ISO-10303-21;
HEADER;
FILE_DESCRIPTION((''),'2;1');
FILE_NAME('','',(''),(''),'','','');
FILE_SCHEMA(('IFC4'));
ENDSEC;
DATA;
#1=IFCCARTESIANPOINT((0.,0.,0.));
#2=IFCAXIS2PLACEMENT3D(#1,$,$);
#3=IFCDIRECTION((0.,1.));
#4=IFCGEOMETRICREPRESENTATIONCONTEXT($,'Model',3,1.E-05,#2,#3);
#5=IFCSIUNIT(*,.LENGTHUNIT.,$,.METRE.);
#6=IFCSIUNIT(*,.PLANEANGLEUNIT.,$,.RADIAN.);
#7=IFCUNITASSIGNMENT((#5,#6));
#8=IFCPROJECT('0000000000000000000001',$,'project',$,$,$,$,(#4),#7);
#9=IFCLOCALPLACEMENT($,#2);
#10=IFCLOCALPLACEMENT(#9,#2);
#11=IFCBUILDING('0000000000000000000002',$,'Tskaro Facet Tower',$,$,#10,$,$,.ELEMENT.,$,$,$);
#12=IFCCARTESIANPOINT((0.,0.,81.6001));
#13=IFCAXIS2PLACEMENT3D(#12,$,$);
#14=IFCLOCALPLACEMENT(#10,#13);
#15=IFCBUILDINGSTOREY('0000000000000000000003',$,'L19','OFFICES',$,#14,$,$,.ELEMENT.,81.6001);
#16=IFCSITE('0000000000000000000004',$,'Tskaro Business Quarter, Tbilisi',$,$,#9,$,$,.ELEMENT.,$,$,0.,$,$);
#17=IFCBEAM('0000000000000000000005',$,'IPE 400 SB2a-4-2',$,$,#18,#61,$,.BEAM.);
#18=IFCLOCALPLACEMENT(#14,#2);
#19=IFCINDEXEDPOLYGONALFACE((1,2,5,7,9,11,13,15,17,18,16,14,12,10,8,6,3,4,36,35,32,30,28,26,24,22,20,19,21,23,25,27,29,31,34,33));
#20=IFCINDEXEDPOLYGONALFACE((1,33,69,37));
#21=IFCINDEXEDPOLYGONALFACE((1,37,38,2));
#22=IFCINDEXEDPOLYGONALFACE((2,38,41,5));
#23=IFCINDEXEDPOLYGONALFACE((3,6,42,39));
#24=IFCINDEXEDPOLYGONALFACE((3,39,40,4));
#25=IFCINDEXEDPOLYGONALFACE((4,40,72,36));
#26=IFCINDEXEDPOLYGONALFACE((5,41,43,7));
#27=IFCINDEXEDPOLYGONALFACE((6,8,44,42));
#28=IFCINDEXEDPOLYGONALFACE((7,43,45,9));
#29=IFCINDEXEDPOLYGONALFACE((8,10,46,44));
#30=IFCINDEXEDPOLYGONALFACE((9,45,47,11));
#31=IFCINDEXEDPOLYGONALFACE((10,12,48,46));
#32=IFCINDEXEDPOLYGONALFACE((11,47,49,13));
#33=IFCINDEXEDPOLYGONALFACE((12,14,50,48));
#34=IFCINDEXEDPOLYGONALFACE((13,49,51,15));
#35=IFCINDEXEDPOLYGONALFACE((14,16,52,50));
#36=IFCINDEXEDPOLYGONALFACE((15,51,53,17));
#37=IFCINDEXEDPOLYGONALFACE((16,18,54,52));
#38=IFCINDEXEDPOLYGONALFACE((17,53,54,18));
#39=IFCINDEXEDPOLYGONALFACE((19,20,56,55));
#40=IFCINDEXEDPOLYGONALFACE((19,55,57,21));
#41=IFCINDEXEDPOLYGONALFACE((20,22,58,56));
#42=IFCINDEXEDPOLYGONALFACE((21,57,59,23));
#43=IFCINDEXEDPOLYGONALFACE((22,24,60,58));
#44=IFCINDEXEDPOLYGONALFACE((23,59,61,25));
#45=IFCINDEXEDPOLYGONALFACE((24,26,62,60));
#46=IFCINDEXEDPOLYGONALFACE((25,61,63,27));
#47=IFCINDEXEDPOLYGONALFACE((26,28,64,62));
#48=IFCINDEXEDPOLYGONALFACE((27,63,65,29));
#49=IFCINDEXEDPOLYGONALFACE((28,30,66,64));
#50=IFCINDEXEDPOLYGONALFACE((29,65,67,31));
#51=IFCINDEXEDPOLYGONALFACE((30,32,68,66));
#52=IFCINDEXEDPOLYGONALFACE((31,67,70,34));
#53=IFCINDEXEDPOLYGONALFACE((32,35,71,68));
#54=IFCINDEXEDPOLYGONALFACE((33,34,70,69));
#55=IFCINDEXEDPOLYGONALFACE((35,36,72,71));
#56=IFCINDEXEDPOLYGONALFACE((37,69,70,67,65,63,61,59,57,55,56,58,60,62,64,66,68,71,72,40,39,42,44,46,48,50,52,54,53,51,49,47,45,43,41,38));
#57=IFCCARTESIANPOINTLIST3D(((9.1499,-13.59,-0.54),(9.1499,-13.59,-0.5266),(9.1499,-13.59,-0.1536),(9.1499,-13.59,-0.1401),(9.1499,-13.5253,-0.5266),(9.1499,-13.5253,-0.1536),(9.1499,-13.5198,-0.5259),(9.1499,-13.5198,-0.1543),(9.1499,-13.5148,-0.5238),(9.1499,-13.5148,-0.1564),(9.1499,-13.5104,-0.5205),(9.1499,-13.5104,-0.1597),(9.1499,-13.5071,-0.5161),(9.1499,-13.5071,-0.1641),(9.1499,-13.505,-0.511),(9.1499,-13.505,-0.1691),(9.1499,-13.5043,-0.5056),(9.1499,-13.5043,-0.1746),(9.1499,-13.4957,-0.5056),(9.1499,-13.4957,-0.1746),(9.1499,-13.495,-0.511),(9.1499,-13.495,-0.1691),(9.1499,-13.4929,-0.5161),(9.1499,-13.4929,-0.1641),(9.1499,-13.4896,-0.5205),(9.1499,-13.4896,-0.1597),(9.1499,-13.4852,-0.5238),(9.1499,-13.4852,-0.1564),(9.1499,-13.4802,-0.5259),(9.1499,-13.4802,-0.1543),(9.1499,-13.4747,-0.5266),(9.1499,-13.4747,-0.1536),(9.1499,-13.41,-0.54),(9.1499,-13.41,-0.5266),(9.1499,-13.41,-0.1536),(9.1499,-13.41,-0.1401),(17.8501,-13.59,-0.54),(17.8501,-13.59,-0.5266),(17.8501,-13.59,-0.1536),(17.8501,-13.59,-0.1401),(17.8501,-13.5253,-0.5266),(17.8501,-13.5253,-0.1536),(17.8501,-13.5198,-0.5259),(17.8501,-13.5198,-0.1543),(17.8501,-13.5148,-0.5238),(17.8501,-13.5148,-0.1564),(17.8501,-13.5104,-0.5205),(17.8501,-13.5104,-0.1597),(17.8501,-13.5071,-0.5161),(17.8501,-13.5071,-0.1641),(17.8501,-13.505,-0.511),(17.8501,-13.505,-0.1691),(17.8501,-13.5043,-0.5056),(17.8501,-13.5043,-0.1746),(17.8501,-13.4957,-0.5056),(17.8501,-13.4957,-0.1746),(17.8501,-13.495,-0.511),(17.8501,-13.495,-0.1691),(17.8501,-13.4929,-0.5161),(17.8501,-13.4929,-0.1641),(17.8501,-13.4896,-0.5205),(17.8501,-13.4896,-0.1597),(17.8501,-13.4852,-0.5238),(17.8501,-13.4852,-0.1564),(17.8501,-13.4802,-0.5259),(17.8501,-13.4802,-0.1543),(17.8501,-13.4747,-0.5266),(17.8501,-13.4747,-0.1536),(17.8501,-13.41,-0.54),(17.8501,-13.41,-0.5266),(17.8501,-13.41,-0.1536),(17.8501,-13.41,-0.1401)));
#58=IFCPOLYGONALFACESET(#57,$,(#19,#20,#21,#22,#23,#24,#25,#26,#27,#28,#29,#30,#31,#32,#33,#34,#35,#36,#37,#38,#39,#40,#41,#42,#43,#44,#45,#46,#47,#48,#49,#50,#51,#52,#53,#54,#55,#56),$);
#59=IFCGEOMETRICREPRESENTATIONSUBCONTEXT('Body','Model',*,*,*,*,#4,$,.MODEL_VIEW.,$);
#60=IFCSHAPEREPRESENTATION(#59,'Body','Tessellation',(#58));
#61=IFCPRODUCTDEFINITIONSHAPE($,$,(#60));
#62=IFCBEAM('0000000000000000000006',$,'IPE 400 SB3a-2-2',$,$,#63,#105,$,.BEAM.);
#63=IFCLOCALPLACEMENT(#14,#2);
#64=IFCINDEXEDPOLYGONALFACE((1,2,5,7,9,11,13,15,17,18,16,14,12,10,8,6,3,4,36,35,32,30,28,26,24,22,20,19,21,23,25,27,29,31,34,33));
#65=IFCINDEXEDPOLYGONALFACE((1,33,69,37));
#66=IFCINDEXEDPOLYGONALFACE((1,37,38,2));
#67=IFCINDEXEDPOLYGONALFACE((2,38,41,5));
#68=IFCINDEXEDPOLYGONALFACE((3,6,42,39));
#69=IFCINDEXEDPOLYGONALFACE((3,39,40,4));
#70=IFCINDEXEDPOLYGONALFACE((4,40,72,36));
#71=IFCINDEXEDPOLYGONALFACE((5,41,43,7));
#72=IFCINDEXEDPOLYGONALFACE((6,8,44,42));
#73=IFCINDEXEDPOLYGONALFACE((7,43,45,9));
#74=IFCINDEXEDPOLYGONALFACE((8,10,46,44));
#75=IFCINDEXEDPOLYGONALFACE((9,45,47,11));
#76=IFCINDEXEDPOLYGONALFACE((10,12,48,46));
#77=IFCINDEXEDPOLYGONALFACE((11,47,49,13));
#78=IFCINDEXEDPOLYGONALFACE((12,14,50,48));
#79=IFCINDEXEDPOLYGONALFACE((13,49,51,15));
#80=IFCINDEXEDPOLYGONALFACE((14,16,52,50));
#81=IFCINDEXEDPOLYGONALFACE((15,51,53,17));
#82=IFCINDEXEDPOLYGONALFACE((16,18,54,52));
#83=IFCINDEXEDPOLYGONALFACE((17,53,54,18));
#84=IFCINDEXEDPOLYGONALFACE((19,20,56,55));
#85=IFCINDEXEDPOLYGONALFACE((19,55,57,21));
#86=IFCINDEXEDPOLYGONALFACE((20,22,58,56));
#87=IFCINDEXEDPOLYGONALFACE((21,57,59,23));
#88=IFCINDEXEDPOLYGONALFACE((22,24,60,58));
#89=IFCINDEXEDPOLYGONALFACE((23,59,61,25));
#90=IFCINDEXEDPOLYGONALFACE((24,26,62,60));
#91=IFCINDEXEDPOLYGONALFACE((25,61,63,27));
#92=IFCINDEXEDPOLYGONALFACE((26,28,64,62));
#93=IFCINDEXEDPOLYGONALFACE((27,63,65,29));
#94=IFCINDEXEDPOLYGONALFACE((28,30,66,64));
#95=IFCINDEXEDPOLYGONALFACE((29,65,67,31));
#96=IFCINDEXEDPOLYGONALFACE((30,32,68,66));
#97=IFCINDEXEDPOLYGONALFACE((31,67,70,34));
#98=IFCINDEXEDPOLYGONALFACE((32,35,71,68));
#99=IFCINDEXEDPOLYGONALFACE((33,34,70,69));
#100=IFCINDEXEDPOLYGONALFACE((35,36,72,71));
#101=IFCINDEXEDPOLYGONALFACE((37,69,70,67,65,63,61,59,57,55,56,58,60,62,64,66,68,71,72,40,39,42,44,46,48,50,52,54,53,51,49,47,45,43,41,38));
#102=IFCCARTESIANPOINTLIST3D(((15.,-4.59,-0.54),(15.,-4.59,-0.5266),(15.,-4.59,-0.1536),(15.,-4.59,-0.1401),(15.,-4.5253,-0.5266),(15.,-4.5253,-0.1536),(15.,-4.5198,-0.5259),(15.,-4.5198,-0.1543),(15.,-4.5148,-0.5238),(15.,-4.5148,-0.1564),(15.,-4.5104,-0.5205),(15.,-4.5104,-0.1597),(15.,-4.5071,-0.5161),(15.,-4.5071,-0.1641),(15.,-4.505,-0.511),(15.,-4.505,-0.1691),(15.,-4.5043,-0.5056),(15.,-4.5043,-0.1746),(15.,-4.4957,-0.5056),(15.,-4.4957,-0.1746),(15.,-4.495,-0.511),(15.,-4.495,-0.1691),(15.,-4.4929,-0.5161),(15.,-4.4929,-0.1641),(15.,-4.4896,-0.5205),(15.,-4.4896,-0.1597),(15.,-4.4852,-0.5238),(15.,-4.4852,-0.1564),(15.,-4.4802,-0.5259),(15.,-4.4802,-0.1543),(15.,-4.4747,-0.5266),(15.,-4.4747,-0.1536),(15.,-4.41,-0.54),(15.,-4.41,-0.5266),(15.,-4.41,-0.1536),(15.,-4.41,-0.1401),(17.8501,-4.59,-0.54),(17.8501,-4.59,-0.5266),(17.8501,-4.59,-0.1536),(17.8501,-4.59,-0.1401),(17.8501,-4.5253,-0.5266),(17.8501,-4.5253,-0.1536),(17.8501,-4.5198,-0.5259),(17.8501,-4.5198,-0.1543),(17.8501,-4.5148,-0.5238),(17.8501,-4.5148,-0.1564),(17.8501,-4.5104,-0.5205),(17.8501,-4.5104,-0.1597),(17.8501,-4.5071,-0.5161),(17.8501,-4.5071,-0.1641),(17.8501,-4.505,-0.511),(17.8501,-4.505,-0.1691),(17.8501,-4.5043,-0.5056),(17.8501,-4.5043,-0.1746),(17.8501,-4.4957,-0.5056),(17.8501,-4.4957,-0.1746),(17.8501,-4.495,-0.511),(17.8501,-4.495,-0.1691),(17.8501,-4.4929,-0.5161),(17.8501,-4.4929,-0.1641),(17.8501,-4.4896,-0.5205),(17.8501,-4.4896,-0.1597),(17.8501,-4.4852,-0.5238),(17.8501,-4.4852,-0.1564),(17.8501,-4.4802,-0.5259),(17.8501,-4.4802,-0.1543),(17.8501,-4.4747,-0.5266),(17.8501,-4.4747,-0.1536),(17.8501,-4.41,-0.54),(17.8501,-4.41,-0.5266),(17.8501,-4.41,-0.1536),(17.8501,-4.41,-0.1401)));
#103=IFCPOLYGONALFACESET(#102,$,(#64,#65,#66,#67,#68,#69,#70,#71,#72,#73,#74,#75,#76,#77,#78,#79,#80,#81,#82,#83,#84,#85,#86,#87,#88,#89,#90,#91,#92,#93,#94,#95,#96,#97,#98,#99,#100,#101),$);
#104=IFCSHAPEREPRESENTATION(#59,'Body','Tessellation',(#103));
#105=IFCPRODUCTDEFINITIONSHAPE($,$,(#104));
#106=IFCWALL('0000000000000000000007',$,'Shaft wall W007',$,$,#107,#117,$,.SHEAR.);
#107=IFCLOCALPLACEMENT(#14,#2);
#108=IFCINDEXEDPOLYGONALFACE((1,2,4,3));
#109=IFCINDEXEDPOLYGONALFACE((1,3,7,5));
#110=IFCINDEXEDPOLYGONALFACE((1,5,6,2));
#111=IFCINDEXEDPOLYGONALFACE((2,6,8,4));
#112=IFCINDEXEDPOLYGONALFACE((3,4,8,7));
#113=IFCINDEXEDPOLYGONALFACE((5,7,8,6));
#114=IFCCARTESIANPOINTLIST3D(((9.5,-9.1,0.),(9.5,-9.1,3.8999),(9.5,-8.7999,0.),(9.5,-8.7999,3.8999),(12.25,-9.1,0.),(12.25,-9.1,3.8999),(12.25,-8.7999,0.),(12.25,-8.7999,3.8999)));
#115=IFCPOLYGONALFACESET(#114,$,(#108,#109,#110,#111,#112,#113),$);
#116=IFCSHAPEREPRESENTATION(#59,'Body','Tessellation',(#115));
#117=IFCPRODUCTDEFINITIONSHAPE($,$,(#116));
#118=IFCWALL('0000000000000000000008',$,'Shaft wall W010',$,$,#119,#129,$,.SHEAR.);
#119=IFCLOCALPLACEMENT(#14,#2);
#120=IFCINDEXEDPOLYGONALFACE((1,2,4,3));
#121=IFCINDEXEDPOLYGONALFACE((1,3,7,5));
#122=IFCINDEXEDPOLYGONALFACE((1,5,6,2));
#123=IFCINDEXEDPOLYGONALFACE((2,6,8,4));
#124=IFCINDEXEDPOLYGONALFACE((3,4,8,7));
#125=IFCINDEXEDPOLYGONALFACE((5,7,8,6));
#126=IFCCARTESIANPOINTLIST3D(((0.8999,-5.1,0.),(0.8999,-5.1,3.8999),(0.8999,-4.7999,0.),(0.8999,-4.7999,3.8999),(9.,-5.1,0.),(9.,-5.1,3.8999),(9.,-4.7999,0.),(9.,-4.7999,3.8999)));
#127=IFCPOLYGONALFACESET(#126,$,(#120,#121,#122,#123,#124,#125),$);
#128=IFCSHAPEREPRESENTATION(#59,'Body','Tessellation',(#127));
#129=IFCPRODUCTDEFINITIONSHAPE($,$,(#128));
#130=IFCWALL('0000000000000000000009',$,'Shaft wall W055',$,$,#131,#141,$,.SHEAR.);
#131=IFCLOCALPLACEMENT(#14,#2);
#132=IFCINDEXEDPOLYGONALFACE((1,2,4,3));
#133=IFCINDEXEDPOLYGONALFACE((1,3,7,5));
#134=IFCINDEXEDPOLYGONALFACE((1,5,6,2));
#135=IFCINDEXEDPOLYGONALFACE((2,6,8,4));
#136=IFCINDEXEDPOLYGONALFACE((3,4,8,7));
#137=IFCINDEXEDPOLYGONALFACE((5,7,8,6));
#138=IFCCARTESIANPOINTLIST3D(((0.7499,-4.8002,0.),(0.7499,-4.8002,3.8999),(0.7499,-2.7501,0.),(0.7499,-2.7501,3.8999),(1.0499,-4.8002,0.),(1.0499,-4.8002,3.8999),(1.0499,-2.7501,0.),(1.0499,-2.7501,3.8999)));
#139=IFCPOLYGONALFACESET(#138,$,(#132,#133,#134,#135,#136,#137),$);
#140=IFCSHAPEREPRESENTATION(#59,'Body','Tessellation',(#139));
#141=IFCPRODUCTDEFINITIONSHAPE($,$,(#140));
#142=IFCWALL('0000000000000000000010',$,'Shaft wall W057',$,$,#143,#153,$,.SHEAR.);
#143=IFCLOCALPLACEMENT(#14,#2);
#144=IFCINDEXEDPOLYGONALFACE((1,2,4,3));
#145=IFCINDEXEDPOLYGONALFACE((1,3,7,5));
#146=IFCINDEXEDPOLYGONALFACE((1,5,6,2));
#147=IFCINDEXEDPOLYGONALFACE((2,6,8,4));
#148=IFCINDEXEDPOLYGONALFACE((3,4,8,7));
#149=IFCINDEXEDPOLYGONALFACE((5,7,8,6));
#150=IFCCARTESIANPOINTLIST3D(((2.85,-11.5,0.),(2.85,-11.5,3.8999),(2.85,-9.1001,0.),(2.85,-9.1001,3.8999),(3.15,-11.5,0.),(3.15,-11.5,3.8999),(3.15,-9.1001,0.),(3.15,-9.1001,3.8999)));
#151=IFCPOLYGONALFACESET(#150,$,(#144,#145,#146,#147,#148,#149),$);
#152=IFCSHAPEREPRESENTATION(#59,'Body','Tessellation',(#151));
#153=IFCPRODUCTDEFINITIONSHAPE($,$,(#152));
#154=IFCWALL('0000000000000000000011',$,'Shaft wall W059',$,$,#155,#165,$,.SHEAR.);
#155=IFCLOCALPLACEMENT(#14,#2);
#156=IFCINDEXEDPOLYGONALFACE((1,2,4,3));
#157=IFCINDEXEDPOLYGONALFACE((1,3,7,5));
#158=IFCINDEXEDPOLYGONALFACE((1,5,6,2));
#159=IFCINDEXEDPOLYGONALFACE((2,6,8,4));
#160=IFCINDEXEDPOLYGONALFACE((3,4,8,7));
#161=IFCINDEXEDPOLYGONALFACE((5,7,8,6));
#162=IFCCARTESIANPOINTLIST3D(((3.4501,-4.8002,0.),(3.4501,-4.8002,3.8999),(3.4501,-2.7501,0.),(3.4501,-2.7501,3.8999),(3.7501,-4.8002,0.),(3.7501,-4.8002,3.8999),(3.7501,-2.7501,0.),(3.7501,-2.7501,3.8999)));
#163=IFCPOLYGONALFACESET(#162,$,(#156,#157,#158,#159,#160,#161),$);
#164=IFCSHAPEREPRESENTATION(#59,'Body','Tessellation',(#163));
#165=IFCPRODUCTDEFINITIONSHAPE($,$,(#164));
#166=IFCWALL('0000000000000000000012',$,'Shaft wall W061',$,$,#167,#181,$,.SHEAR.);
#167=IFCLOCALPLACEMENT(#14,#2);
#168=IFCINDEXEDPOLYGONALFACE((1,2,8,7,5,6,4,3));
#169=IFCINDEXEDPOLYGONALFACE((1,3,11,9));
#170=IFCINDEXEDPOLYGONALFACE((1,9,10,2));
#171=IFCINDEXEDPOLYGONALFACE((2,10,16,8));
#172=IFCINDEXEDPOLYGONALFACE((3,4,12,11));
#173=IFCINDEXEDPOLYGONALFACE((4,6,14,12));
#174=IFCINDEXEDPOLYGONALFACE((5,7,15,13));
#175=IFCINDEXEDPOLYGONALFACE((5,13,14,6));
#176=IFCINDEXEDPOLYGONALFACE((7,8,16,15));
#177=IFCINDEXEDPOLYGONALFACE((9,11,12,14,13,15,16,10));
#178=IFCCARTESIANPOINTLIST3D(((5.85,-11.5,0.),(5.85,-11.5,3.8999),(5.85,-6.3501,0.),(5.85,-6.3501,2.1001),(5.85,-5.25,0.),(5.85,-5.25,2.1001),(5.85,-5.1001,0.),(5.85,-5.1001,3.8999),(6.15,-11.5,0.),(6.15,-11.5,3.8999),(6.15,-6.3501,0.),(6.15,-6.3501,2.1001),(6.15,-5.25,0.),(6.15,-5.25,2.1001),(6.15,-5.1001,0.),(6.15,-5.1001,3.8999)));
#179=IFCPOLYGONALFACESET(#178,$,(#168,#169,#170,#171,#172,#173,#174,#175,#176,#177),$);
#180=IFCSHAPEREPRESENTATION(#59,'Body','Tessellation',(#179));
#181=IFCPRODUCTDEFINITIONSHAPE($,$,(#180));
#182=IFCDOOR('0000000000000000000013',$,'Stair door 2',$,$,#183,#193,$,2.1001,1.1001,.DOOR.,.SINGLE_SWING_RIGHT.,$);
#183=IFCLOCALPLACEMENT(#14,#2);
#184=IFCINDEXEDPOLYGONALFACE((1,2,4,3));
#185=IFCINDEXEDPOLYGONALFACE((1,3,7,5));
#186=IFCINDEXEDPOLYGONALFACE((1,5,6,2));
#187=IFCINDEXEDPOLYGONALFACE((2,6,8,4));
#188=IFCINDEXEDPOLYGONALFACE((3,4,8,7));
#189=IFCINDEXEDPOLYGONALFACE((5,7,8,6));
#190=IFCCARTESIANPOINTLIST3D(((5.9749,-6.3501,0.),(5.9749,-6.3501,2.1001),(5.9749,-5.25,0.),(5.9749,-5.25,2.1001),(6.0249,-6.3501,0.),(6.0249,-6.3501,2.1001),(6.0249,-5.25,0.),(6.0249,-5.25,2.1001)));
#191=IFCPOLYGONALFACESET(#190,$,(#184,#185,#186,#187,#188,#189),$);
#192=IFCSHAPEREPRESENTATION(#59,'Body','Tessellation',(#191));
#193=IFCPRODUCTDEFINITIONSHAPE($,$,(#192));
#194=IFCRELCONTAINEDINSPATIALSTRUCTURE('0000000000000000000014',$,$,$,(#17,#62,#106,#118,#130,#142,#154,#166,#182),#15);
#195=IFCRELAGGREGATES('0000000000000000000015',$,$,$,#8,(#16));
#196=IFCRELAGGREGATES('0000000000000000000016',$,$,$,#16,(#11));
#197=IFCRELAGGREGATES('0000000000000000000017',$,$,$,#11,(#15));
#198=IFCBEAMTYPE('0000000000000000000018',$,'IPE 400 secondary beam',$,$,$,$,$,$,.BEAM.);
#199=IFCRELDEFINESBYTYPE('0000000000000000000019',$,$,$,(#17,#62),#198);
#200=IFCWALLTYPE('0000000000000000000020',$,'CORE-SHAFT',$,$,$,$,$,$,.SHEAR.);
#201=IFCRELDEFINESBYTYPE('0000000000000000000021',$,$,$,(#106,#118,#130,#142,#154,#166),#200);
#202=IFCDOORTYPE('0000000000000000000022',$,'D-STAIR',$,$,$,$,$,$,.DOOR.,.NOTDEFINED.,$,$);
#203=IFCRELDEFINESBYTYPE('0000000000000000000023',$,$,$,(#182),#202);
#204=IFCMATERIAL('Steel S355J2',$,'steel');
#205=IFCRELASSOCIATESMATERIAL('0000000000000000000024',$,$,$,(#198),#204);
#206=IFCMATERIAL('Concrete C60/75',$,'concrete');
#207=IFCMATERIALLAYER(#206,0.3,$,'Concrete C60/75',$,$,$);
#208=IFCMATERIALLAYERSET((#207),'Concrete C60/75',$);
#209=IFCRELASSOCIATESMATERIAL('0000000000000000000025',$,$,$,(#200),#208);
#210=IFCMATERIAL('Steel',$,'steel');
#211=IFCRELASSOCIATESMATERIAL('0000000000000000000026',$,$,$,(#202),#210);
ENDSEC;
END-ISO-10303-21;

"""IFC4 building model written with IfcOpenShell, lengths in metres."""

from ifc_helpers import new_model, si_unit, direction, frame, frame_2d, origin, origin_2d, place, context, subcontext, project, spatial, rectangle, i_section, extrude, material, layer, layer_set, material_profile, profile_set, type_object, element, fill, save


model = new_model("IFC4")

# Units and contexts
model_context = context("Model", 3, precision=1e-05, world=origin(), true_north=direction((0.0, 1.0)))
body_context = subcontext(model_context, "Body", "Model", "MODEL_VIEW")
ifc_project = project(units=[si_unit("LENGTHUNIT", "METRE"), si_unit("PLANEANGLEUNIT", "RADIAN")], contexts=[model_context])

# Site, building, storey
site_placement = place(None, origin())
site = spatial("IfcSite", under=ifc_project, at=site_placement, Name="Tskaro Business Quarter, Tbilisi", CompositionType="ELEMENT", RefElevation=0.0)
building_placement = place(site_placement, origin())
building = spatial("IfcBuilding", under=site, at=building_placement, Name="Tskaro Facet Tower", CompositionType="ELEMENT")
storey_placement = place(building_placement, frame((0.0, 0.0, 81.6001)))
storey = spatial("IfcBuildingStorey", under=building, at=storey_placement, Name="L19", Description="OFFICES", CompositionType="ELEMENT", Elevation=81.6001)

# Beams
ifc_material_1 = material(Name="Steel S355J2", Category="steel")
ifc_material_profile_1 = material_profile(ifc_material_1, i_section(OverallWidth=0.1799, OverallDepth=0.3999, WebThickness=0.0085, FlangeThickness=0.0134, FilletRadius=0.021, at=origin_2d()), Name="IPE 400")
ifc_profile_set_1 = profile_set([ifc_material_profile_1], Name="Steel S355J2")
beam_type_1 = type_object("IfcBeamType", Name="IPE 400 secondary beam", PredefinedType="BEAM", material=ifc_profile_set_1)
for number, where, z_axis, x_axis, name in (
    (1, (9.1499, -13.5, -0.3401), (1.0, 0.0, 0.0), (0.0, 1.0, 0.0), "IPE 400 SB2a-4-2"),
):
    element("IfcBeam", number, at=place(storey_placement, frame(where, z_axis=z_axis, x_axis=x_axis)), inside=storey, type_object=beam_type_1, Name=name, PredefinedType="BEAM", context=body_context, shape_type="SweptSolid", body=[
        extrude(i_section(OverallWidth=0.1799, OverallDepth=0.3999, WebThickness=0.0085, FlangeThickness=0.0134, FilletRadius=0.021, at=origin_2d()), origin(), (0.0, 0.0, 1.0), 8.7002),
    ])
beam_1_placement = place(storey_placement, frame((15.0, -4.5, -0.3401), z_axis=(1.0, 0.0, 0.0), x_axis=(0.0, 1.0, 0.0)))
element("IfcBeam", 2, at=beam_1_placement, inside=storey, type_object=beam_type_1, Name="IPE 400 SB3a-2-2", PredefinedType="BEAM", context=body_context, shape_type="SweptSolid", body=[
    extrude(i_section(OverallWidth=0.1799, OverallDepth=0.3999, WebThickness=0.0085, FlangeThickness=0.0134, FilletRadius=0.021, at=origin_2d()), origin(), (0.0, 0.0, 1.0), 2.8501),
])

# Walls
ifc_material_2 = material(Name="Concrete C60/75", Category="concrete")
ifc_layer_1 = layer(ifc_material_2, 0.3, Name="Concrete C60/75")
ifc_layer_set_1 = layer_set([ifc_layer_1], Name="Concrete C60/75")
wall_type_1 = type_object("IfcWallType", Name="CORE-SHAFT", PredefinedType="SHEAR", material=ifc_layer_set_1)
wall_1_placement = place(storey_placement, frame((9.5, -8.95, 0.0), z_axis=(0.0, 0.0, 1.0), x_axis=(1.0, 0.0, 0.0)))
element("IfcWall", 3, at=wall_1_placement, inside=storey, type_object=wall_type_1, Name="Shaft wall W007", PredefinedType="SHEAR", context=body_context, shape_type="SweptSolid", body=[
    extrude(rectangle(XDim=2.75, YDim=0.3, at=frame_2d((1.375, 0.0))), origin(), (0.0, 0.0, 1.0), 3.8999),
])
wall_2_placement = place(storey_placement, frame((0.8999, -4.95, 0.0), z_axis=(0.0, 0.0, 1.0), x_axis=(1.0, 0.0, 0.0)))
element("IfcWall", 4, at=wall_2_placement, inside=storey, type_object=wall_type_1, Name="Shaft wall W010", PredefinedType="SHEAR", context=body_context, shape_type="SweptSolid", body=[
    extrude(rectangle(XDim=8.1001, YDim=0.3, at=frame_2d((4.05, 0.0))), origin(), (0.0, 0.0, 1.0), 3.8999),
])
wall_3_placement = place(storey_placement, frame((0.8999, -4.8, 0.0), z_axis=(0.0, 0.0, 1.0), x_axis=(0.0, 1.0, 0.0)))
element("IfcWall", 5, at=wall_3_placement, inside=storey, type_object=wall_type_1, Name="Shaft wall W055", PredefinedType="SHEAR", context=body_context, shape_type="SweptSolid", body=[
    extrude(rectangle(XDim=2.05, YDim=0.3, at=frame_2d((1.0249, 0.0))), origin(), (0.0, 0.0, 1.0), 3.8999),
])
wall_4_placement = place(storey_placement, frame((3.0, -11.5, 0.0), z_axis=(0.0, 0.0, 1.0), x_axis=(0.0, 1.0, 0.0)))
element("IfcWall", 6, at=wall_4_placement, inside=storey, type_object=wall_type_1, Name="Shaft wall W057", PredefinedType="SHEAR", context=body_context, shape_type="SweptSolid", body=[
    extrude(rectangle(XDim=2.3999, YDim=0.3, at=frame_2d((1.2, 0.0))), origin(), (0.0, 0.0, 1.0), 3.8999),
])
wall_5_placement = place(storey_placement, frame((3.6001, -4.8, 0.0), z_axis=(0.0, 0.0, 1.0), x_axis=(0.0, 1.0, 0.0)))
element("IfcWall", 7, at=wall_5_placement, inside=storey, type_object=wall_type_1, Name="Shaft wall W059", PredefinedType="SHEAR", context=body_context, shape_type="SweptSolid", body=[
    extrude(rectangle(XDim=2.05, YDim=0.3, at=frame_2d((1.0249, 0.0))), origin(), (0.0, 0.0, 1.0), 3.8999),
])

# Wall, opening, door
wall_6_placement = place(storey_placement, frame((6.0, -5.1001, 0.0), z_axis=(0.0, 0.0, 1.0), x_axis=(0.0, -1.0, 0.0)))
wall_6 = element("IfcWall", 8, at=wall_6_placement, inside=storey, type_object=wall_type_1, Name="Shaft wall W061", PredefinedType="SHEAR", context=body_context, shape_type="SweptSolid", body=[
    extrude(rectangle(XDim=6.3999, YDim=0.3, at=frame_2d((3.2, 0.0))), origin(), (0.0, 0.0, 1.0), 3.8999),
])
opening_1_placement = place(wall_6_placement, frame((0.1499, 0.0, 0.0)))
opening_1 = element("IfcOpeningElement", 9, at=opening_1_placement, cuts=wall_6, PredefinedType="OPENING", context=body_context, shape_type="SweptSolid", body=[
    extrude(rectangle(XDim=1.1001, YDim=2.1001, at=frame_2d((0.55, 1.05))), frame((0.0, 0.1599, 0.0), z_axis=(0.0, -1.0, 0.0), x_axis=(1.0, 0.0, 0.0)), (0.0, 0.0, 1.0), 0.3201),
])
ifc_material_3 = material(Name="Steel", Category="steel")
door_type_1 = type_object("IfcDoorType", Name="D-STAIR", OperationType="NOTDEFINED", PredefinedType="DOOR", material=ifc_material_3)
door_1_placement = place(opening_1_placement, origin())
door_1 = element("IfcDoor", 10, at=door_1_placement, inside=storey, type_object=door_type_1, Name="Stair door 2", OperationType="SINGLE_SWING_RIGHT", OverallHeight=2.1001, OverallWidth=1.1001, PredefinedType="DOOR", context=body_context, shape_type="SweptSolid", body=[
    extrude(rectangle(XDim=1.1001, YDim=2.1001, at=frame_2d((0.55, 1.05))), frame((0.0, 0.0249, 0.0), z_axis=(0.0, -1.0, 0.0), x_axis=(1.0, 0.0, 0.0)), (0.0, 0.0, 1.0), 0.05),
])
fill(opening_1, door_1)

save(model, "model.ifc")
